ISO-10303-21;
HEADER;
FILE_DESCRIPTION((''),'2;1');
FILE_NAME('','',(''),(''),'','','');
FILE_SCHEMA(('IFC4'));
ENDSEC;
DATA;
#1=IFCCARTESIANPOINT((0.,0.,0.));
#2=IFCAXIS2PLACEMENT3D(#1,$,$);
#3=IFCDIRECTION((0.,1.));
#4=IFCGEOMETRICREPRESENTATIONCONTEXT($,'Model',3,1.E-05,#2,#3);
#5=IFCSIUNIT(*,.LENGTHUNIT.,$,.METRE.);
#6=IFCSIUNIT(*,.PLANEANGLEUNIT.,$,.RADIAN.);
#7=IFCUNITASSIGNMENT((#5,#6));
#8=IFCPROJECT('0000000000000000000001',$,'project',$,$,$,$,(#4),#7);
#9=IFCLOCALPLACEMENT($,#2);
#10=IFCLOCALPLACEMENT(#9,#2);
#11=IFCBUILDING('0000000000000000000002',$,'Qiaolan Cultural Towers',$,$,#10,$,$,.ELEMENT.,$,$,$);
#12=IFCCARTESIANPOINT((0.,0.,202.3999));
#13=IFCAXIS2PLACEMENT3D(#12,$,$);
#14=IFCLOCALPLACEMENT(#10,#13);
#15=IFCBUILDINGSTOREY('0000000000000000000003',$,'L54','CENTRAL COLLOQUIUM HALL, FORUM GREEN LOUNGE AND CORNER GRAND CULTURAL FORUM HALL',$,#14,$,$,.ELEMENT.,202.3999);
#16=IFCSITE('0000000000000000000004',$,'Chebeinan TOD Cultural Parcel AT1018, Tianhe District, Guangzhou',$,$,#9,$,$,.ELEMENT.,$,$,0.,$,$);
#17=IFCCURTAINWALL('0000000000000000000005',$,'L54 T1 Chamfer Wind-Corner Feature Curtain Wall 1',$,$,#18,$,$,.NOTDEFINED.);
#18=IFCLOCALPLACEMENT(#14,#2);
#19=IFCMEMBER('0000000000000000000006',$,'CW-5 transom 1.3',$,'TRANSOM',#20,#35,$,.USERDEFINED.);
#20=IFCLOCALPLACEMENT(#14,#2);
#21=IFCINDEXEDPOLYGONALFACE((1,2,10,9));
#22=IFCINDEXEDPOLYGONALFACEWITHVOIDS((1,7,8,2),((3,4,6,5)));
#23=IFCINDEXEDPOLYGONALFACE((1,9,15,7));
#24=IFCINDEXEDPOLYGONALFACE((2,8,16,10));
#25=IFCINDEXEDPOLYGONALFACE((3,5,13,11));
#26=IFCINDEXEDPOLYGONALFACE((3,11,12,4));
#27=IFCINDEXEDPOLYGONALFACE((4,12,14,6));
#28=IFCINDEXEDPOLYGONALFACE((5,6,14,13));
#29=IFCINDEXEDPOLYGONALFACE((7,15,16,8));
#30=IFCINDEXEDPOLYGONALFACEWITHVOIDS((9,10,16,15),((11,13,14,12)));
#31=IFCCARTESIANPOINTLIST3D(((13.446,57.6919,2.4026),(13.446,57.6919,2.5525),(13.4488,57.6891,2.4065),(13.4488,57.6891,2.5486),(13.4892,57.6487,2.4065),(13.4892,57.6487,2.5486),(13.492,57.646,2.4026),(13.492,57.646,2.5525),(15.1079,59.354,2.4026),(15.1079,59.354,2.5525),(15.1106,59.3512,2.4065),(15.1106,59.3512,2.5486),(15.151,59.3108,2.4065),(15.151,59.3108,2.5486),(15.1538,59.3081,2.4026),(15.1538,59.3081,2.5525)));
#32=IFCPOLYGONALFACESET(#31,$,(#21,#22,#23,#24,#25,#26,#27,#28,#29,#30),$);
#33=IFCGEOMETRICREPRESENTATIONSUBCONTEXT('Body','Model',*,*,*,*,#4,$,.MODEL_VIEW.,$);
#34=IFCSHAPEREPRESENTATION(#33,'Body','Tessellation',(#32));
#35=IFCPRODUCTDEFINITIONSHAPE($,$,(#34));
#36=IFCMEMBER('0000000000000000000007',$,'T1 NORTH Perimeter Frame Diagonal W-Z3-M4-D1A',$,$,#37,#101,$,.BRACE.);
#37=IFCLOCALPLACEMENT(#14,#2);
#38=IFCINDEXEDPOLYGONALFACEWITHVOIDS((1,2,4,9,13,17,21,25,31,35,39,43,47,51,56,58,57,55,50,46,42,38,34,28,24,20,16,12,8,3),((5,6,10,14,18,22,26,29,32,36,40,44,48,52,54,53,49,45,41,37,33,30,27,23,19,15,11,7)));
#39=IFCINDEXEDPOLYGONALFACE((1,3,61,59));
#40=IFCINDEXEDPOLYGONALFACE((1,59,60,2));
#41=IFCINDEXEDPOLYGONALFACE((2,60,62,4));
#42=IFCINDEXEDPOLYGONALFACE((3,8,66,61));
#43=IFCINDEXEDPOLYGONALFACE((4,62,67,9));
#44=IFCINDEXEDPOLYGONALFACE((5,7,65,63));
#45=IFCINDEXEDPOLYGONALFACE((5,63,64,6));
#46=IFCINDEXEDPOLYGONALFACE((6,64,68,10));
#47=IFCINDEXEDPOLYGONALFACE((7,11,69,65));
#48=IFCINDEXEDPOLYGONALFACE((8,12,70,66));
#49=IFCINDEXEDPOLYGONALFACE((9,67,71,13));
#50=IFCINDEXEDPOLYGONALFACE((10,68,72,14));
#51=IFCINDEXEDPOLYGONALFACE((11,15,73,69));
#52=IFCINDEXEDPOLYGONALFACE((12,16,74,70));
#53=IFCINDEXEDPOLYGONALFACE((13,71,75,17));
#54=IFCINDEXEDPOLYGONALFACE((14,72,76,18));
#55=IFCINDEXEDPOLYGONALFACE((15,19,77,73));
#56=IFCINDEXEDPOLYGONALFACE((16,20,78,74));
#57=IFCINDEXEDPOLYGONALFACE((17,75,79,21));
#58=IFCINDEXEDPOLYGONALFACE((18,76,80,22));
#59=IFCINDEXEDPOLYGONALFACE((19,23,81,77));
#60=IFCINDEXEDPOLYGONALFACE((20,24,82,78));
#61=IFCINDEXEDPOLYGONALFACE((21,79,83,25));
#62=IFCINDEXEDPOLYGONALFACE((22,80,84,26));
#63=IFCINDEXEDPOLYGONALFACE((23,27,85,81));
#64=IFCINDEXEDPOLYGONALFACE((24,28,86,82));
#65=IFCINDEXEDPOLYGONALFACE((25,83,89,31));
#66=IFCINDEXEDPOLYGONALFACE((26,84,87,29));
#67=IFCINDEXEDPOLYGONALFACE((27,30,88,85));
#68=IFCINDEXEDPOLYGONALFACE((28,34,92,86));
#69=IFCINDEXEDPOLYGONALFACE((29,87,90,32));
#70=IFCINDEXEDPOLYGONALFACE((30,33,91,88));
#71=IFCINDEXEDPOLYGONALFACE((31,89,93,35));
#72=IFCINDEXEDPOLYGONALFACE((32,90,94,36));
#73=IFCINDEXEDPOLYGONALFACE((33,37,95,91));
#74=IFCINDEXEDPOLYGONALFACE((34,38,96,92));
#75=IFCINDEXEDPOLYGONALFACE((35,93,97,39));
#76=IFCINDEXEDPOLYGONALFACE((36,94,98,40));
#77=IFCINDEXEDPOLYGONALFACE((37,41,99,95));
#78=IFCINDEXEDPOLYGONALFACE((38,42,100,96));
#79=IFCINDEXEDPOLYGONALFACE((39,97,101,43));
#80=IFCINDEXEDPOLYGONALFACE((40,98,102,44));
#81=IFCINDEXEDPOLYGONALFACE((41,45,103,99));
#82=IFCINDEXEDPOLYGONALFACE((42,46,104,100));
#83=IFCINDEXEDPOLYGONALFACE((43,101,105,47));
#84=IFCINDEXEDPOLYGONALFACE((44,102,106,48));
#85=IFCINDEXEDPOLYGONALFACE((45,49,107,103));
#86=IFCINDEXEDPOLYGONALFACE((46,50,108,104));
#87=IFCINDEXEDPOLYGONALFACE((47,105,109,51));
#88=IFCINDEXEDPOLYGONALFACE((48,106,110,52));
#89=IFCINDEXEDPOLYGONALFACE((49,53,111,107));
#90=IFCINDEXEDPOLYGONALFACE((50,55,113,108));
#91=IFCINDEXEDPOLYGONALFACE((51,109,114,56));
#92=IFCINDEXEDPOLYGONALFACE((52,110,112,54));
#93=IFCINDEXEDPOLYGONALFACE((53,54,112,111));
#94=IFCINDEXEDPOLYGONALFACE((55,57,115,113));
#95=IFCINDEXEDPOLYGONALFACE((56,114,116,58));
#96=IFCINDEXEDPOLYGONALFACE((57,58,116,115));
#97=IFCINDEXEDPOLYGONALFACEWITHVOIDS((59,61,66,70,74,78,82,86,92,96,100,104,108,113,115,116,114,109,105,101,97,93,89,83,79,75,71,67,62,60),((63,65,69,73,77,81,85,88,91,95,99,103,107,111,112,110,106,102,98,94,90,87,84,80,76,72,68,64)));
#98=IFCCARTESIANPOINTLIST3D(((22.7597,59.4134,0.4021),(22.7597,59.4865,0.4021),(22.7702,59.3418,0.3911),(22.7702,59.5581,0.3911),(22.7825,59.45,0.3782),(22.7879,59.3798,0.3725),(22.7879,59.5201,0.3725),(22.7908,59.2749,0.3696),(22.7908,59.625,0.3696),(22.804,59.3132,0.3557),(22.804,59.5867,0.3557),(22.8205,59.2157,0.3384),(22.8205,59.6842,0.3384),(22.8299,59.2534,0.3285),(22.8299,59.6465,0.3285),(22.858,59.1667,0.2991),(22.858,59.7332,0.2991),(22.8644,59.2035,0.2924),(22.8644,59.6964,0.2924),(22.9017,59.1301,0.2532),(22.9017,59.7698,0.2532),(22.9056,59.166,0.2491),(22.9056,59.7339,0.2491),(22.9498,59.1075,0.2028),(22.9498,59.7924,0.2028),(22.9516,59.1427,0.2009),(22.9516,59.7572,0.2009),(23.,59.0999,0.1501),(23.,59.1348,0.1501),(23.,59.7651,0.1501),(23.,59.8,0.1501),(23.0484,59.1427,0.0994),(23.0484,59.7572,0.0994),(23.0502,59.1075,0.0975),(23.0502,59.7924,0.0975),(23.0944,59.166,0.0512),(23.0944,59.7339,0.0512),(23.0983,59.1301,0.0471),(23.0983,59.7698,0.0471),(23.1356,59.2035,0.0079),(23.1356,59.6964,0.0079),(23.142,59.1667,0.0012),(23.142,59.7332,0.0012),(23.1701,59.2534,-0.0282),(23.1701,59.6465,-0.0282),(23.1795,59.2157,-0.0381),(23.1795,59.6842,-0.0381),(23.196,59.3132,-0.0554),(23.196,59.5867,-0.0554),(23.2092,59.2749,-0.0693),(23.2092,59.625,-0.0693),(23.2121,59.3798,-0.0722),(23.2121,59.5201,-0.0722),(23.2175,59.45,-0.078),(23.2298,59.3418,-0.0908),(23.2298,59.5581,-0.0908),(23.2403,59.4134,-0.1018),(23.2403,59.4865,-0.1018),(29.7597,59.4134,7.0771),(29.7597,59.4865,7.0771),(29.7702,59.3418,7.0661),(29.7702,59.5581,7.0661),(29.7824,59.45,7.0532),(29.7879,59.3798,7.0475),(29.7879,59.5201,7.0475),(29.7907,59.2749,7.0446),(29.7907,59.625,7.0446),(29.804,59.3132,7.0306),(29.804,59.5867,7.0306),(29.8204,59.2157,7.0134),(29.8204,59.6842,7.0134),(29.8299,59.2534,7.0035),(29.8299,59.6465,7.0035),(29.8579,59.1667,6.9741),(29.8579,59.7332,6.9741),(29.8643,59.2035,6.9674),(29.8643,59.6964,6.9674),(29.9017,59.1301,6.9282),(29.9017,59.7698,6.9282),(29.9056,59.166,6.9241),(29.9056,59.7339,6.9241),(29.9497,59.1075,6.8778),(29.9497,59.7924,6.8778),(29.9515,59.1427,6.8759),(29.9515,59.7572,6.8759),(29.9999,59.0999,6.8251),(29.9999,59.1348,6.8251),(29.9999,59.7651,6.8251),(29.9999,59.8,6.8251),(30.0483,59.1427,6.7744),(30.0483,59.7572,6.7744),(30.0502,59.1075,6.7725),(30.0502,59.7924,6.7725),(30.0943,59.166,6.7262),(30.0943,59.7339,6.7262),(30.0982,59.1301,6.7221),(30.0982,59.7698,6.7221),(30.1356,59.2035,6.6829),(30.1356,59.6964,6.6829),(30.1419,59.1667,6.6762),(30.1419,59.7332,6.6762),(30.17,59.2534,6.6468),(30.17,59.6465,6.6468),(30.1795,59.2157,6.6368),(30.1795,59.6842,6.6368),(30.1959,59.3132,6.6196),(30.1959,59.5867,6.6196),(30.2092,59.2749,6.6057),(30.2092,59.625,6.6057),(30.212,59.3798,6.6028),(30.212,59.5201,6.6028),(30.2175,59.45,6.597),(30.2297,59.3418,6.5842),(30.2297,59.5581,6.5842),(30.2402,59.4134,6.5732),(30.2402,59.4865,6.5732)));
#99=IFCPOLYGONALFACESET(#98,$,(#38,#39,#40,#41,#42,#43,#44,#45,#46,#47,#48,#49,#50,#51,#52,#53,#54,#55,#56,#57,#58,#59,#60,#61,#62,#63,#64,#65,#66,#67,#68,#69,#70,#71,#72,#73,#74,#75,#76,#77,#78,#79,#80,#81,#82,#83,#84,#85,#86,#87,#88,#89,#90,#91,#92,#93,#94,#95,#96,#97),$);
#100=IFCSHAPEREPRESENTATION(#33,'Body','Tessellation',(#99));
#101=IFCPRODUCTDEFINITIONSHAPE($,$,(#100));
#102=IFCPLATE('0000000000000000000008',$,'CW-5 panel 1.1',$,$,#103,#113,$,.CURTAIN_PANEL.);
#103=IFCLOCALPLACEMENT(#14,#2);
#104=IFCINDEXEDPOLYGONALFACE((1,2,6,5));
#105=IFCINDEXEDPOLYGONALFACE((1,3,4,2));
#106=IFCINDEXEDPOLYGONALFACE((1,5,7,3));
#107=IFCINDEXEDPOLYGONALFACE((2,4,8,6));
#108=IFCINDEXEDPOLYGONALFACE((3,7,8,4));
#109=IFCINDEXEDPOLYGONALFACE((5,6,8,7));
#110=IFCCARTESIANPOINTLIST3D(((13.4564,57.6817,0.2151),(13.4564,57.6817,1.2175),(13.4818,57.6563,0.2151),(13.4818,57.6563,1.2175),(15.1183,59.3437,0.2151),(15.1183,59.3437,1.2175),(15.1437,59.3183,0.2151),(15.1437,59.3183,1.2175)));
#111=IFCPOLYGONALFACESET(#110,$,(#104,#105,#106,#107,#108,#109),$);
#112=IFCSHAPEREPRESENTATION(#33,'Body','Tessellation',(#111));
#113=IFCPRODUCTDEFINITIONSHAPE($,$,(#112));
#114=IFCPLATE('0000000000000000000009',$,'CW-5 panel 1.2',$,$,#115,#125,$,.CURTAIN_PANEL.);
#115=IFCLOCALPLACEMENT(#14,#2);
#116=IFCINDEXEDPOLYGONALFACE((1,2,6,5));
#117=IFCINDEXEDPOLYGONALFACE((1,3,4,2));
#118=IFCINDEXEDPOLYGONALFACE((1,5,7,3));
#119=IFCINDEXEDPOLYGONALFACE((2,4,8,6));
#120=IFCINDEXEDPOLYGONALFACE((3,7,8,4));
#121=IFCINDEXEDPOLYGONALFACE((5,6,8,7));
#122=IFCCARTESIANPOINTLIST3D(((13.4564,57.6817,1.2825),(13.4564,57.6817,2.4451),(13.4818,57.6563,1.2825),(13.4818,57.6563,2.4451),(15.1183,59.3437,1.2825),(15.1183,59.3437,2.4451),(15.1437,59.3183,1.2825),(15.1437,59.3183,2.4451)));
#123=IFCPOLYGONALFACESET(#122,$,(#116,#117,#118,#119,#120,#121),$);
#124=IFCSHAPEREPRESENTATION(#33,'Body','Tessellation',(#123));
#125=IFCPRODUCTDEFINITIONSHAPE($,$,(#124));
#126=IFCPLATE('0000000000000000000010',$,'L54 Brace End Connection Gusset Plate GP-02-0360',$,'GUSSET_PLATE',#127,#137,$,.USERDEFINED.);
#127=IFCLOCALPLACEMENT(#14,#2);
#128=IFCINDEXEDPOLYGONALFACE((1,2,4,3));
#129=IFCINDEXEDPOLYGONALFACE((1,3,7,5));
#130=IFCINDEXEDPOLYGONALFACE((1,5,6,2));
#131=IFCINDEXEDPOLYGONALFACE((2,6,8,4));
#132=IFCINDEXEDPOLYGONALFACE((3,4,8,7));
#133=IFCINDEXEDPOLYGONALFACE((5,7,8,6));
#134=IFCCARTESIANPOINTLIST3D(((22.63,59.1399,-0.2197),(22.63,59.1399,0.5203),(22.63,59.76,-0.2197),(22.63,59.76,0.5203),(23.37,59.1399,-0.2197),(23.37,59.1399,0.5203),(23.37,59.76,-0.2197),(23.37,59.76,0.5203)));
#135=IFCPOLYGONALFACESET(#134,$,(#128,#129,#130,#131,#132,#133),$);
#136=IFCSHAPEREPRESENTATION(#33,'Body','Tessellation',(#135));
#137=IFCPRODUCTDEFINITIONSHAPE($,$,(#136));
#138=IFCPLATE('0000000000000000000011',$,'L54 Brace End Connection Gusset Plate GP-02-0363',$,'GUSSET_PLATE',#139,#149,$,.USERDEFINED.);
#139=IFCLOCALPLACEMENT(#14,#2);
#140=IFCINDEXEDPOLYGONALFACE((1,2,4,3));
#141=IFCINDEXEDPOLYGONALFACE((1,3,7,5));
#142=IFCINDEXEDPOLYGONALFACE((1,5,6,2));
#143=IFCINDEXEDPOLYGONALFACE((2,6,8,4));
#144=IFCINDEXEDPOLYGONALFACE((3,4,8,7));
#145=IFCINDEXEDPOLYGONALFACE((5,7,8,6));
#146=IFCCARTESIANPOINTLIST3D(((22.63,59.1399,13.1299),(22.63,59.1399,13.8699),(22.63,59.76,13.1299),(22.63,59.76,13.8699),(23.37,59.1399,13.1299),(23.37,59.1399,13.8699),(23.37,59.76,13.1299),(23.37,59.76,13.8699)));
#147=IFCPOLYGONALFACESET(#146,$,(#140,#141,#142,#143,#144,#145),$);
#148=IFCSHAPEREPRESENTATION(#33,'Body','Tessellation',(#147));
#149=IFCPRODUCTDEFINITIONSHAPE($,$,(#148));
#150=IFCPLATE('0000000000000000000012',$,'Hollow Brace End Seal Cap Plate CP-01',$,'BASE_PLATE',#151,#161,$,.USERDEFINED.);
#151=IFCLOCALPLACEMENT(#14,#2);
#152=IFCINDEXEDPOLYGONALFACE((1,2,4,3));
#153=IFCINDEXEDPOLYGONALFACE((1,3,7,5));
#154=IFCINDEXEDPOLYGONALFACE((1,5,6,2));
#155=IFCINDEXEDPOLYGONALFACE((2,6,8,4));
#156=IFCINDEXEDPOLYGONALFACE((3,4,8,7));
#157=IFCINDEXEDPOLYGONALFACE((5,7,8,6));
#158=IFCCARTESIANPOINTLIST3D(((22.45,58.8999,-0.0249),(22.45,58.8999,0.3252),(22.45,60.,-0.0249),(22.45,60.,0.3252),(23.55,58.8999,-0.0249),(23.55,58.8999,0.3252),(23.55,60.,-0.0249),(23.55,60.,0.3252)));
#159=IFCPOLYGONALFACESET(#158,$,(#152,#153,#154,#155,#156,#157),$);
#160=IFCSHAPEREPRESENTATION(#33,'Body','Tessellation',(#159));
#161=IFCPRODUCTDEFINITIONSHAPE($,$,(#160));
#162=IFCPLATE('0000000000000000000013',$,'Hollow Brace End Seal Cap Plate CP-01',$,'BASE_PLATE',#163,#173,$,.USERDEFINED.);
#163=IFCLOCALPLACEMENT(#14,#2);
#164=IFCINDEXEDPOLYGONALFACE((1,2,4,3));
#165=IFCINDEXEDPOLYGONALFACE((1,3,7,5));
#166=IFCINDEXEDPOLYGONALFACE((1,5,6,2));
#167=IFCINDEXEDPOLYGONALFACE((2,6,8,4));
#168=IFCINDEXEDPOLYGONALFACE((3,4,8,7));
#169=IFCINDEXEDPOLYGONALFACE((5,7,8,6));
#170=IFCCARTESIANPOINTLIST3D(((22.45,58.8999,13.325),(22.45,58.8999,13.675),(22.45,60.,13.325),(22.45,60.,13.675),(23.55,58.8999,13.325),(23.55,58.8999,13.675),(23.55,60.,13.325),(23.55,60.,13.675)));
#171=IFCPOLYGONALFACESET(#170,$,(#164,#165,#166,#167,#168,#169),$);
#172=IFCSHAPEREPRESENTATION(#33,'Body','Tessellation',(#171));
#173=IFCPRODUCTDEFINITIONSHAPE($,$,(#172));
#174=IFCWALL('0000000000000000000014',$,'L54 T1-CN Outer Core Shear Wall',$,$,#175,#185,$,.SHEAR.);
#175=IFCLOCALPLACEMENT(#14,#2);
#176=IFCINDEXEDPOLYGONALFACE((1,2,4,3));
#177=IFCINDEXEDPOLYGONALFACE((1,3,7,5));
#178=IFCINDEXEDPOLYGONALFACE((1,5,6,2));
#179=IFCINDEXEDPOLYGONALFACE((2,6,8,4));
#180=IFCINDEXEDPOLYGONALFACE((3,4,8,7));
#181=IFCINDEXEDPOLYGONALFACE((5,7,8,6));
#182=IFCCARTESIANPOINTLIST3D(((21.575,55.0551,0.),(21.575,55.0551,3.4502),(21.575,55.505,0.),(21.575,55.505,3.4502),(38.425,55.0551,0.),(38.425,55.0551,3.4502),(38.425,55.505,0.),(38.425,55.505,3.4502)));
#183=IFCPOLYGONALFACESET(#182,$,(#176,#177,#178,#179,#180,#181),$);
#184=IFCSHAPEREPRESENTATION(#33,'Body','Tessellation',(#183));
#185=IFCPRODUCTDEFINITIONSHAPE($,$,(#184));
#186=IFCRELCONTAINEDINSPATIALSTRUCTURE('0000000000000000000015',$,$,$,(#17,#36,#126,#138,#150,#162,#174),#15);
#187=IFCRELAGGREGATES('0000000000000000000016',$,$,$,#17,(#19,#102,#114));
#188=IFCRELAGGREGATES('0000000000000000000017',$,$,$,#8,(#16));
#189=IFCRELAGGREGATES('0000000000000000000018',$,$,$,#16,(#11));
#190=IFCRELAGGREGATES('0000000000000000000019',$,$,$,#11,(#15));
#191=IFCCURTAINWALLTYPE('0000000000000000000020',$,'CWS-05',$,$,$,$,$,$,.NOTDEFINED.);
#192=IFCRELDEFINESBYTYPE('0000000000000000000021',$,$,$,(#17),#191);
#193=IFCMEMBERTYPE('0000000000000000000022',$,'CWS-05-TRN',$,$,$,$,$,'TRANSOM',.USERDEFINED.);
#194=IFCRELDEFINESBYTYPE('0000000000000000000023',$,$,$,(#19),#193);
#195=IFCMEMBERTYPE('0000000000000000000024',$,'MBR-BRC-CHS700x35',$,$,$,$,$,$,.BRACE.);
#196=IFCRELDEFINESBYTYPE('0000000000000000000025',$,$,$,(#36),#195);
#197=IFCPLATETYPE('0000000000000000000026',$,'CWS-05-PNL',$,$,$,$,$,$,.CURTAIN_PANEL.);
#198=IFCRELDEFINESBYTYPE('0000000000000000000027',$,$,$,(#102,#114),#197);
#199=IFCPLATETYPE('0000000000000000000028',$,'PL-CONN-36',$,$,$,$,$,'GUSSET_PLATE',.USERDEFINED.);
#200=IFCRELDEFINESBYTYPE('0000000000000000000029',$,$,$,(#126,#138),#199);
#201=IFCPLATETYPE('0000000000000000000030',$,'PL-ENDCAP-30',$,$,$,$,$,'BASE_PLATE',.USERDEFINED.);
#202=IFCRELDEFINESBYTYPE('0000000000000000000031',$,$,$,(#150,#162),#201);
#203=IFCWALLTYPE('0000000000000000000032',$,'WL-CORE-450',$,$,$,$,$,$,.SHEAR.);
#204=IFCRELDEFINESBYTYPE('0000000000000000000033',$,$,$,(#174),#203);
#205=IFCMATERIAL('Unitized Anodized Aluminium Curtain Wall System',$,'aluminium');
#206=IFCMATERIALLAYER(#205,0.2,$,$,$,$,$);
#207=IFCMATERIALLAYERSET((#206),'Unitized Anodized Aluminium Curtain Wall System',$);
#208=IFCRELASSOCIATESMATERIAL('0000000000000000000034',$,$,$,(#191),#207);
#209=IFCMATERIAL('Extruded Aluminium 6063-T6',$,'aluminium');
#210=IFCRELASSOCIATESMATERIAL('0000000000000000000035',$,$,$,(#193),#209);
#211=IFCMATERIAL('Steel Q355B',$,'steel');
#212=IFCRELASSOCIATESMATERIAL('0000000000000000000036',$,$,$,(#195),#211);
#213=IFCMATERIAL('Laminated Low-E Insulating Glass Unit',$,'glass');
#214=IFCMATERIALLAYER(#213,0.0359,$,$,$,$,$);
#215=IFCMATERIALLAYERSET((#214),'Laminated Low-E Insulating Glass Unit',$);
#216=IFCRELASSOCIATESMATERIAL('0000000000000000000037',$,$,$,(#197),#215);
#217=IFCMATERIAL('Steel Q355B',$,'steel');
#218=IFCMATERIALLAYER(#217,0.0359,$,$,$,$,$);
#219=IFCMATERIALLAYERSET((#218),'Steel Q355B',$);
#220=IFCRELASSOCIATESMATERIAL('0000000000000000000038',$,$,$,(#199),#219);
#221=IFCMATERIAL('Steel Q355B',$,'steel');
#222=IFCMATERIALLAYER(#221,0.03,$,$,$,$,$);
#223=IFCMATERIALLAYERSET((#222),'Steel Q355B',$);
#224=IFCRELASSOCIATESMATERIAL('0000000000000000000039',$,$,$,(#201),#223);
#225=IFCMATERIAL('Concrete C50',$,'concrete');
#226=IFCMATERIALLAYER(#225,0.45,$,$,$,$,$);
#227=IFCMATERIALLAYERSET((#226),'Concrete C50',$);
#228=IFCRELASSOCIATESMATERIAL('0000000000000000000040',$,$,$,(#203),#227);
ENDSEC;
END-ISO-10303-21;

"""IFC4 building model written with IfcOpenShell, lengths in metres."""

from ifc_helpers import new_model, si_unit, direction, frame, frame_2d, origin, origin_2d, place, context, subcontext, project, spatial, rectangle, hollow_rectangle, hollow_circle, extrude, material, layer, layer_set, material_profile, profile_set, type_object, element, aggregate, save


model = new_model("IFC4")

# Units and contexts
model_context = context("Model", 3, precision=1e-05, world=origin(), true_north=direction((0.0, 1.0)))
body_context = subcontext(model_context, "Body", "Model", "MODEL_VIEW")
ifc_project = project(units=[si_unit("LENGTHUNIT", "METRE"), si_unit("PLANEANGLEUNIT", "RADIAN")], contexts=[model_context])

# Site, building, storey
site_placement = place(None, origin())
site = spatial("IfcSite", under=ifc_project, at=site_placement, Name="Chebeinan TOD Cultural Parcel AT1018, Tianhe District, Guangzhou", CompositionType="ELEMENT", RefElevation=0.0)
building_placement = place(site_placement, origin())
building = spatial("IfcBuilding", under=site, at=building_placement, Name="Qiaolan Cultural Towers", CompositionType="ELEMENT")
storey_placement = place(building_placement, frame((0.0, 0.0, 202.3999)))
storey = spatial("IfcBuildingStorey", under=building, at=storey_placement, Name="L54", Description="CENTRAL COLLOQUIUM HALL, FORUM GREEN LOUNGE AND CORNER GRAND CULTURAL FORUM HALL", CompositionType="ELEMENT", Elevation=202.3999)

# Curtain wall, member
ifc_material_1 = material(Name="Unitized Anodized Aluminium Curtain Wall System", Category="aluminium")
ifc_layer_1 = layer(ifc_material_1, 0.2)
ifc_layer_set_1 = layer_set([ifc_layer_1], Name="Unitized Anodized Aluminium Curtain Wall System")
curtain_wall_type = type_object("IfcCurtainWallType", Name="CWS-05", PredefinedType="NOTDEFINED", material=ifc_layer_set_1)
curtain_wall_placement = place(storey_placement, origin())
curtain_wall = element("IfcCurtainWall", 1, at=curtain_wall_placement, inside=storey, type_object=curtain_wall_type, Name="L54 T1 Chamfer Wind-Corner Feature Curtain Wall 1", PredefinedType="NOTDEFINED")
ifc_material_2 = material(Name="Extruded Aluminium 6063-T6", Category="aluminium")
ifc_material_profile_1 = material_profile(ifc_material_2, hollow_rectangle(XDim=0.0649, YDim=0.1499, WallThickness=0.0039, at=origin_2d()), Name="CWT-150x65x4")
ifc_profile_set_1 = profile_set([ifc_material_profile_1], Name="Extruded Aluminium 6063-T6")
member_type_1 = type_object("IfcMemberType", Name="CWS-05-TRN", ElementType="TRANSOM", PredefinedType="USERDEFINED", material=ifc_profile_set_1)
member_1_placement = place(storey_placement, frame((13.469, 57.6689, 2.4775), z_axis=(0.707055, 0.707159, 0.0), x_axis=(-0.707159, 0.707055, 0.0)))
member_1 = element("IfcMember", 2, at=member_1_placement, type_object=member_type_1, Name="CW-5 transom 1.3", ObjectType="TRANSOM", PredefinedType="USERDEFINED", context=body_context, shape_type="SweptSolid", body=[
    extrude(hollow_rectangle(XDim=0.0649, YDim=0.1499, WallThickness=0.0039, at=origin_2d()), origin(), (0.0, 0.0, 1.0), 2.3503),
])

# Member
ifc_material_3 = material(Name="Steel Q355B", Category="steel")
ifc_material_profile_2 = material_profile(ifc_material_3, hollow_circle(Radius=0.3501, WallThickness=0.0349, at=origin_2d()), Name="CHS700x35")
ifc_profile_set_2 = profile_set([ifc_material_profile_2], Name="Steel Q355B")
member_type_2 = type_object("IfcMemberType", Name="MBR-BRC-CHS700x35", PredefinedType="BRACE", material=ifc_profile_set_2)
member_2_placement = place(storey_placement, frame((23.0, 59.45, 0.1501), z_axis=(0.723705, 0.0, 0.690109), x_axis=(0.0, 1.0, 0.0)))
element("IfcMember", 3, at=member_2_placement, inside=storey, type_object=member_type_2, Name="T1 NORTH Perimeter Frame Diagonal W-Z3-M4-D1A", PredefinedType="BRACE", context=body_context, shape_type="SweptSolid", body=[
    extrude(hollow_circle(Radius=0.3501, WallThickness=0.0349, at=origin_2d()), origin(), (0.0, 0.0, 1.0), 9.6724),
])

# Plates
ifc_material_4 = material(Name="Laminated Low-E Insulating Glass Unit", Category="glass")
ifc_layer_2 = layer(ifc_material_4, 0.0359)
ifc_layer_set_2 = layer_set([ifc_layer_2], Name="Laminated Low-E Insulating Glass Unit")
plate_type_1 = type_object("IfcPlateType", Name="CWS-05-PNL", PredefinedType="CURTAIN_PANEL", material=ifc_layer_set_2)
plate_1_placement = place(storey_placement, frame((14.3, 58.5, 0.2151), z_axis=(0.0, 0.0, 1.0), x_axis=(0.707107, 0.707107, 0.0)))
plate_1 = element("IfcPlate", 4, at=plate_1_placement, type_object=plate_type_1, Name="CW-5 panel 1.1", PredefinedType="CURTAIN_PANEL", context=body_context, shape_type="SweptSolid", body=[
    extrude(rectangle(XDim=2.3503, YDim=0.0359, at=origin_2d()), origin(), (0.0, 0.0, 1.0), 1.0024),
])
plate_2_placement = place(storey_placement, frame((14.3, 58.5, 1.2825), z_axis=(0.0, 0.0, 1.0), x_axis=(0.707107, 0.707107, 0.0)))
plate_2 = element("IfcPlate", 5, at=plate_2_placement, type_object=plate_type_1, Name="CW-5 panel 1.2", PredefinedType="CURTAIN_PANEL", context=body_context, shape_type="SweptSolid", body=[
    extrude(rectangle(XDim=2.3503, YDim=0.0359, at=origin_2d()), origin(), (0.0, 0.0, 1.0), 1.1626),
])
aggregate(curtain_wall, [member_1, plate_1, plate_2])

# Plates
ifc_material_5 = material(Name="Steel Q355B", Category="steel")
ifc_layer_3 = layer(ifc_material_5, 0.0359)
ifc_layer_set_3 = layer_set([ifc_layer_3], Name="Steel Q355B")
plate_type_2 = type_object("IfcPlateType", Name="PL-CONN-36", ElementType="GUSSET_PLATE", PredefinedType="USERDEFINED", material=ifc_layer_set_3)
for number, where, z_axis, x_axis, name in (
    (6, (23.0, 59.45, -0.2197), (0.0, 0.0, 1.0), (1.0, 0.0, 0.0), "L54 Brace End Connection Gusset Plate GP-02-0360"),
    (7, (23.0, 59.45, 13.1299), (0.0, 0.0, 1.0), (1.0, 0.0, 0.0), "L54 Brace End Connection Gusset Plate GP-02-0363"),
):
    element("IfcPlate", number, at=place(storey_placement, frame(where, z_axis=z_axis, x_axis=x_axis)), inside=storey, type_object=plate_type_2, Name=name, ObjectType="GUSSET_PLATE", PredefinedType="USERDEFINED", context=body_context, shape_type="SweptSolid", body=[
        extrude(rectangle(XDim=0.74, YDim=0.6201, at=origin_2d()), origin(), (0.0, 0.0, 1.0), 0.74),
    ])
ifc_material_6 = material(Name="Steel Q355B", Category="steel")
ifc_layer_4 = layer(ifc_material_6, 0.03)
ifc_layer_set_4 = layer_set([ifc_layer_4], Name="Steel Q355B")
plate_type_3 = type_object("IfcPlateType", Name="PL-ENDCAP-30", ElementType="BASE_PLATE", PredefinedType="USERDEFINED", material=ifc_layer_set_4)
for number, where, z_axis, x_axis, name in (
    (8, (23.0, 59.45, -0.0249), (0.0, 0.0, 1.0), (1.0, 0.0, 0.0), "Hollow Brace End Seal Cap Plate CP-01"),
    (9, (23.0, 59.45, 13.325), (0.0, 0.0, 1.0), (1.0, 0.0, 0.0), "Hollow Brace End Seal Cap Plate CP-01"),
):
    element("IfcPlate", number, at=place(storey_placement, frame(where, z_axis=z_axis, x_axis=x_axis)), inside=storey, type_object=plate_type_3, Name=name, ObjectType="BASE_PLATE", PredefinedType="USERDEFINED", context=body_context, shape_type="SweptSolid", body=[
        extrude(rectangle(XDim=1.1001, YDim=1.1001, at=origin_2d()), origin(), (0.0, 0.0, 1.0), 0.3501),
    ])

# Wall
ifc_material_7 = material(Name="Concrete C50", Category="concrete")
ifc_layer_5 = layer(ifc_material_7, 0.45)
ifc_layer_set_5 = layer_set([ifc_layer_5], Name="Concrete C50")
wall_type_1 = type_object("IfcWallType", Name="WL-CORE-450", PredefinedType="SHEAR", material=ifc_layer_set_5)
wall_1_placement = place(storey_placement, frame((21.575, 55.28, 0.0), z_axis=(0.0, 0.0, 1.0), x_axis=(1.0, 0.0, 0.0)))
element("IfcWall", 10, at=wall_1_placement, inside=storey, type_object=wall_type_1, Name="L54 T1-CN Outer Core Shear Wall", PredefinedType="SHEAR", context=body_context, shape_type="SweptSolid", body=[
    extrude(rectangle(XDim=16.8501, YDim=0.45, at=frame_2d((8.425, 0.0))), origin(), (0.0, 0.0, 1.0), 3.4502),
])

save(model, "model.ifc")
